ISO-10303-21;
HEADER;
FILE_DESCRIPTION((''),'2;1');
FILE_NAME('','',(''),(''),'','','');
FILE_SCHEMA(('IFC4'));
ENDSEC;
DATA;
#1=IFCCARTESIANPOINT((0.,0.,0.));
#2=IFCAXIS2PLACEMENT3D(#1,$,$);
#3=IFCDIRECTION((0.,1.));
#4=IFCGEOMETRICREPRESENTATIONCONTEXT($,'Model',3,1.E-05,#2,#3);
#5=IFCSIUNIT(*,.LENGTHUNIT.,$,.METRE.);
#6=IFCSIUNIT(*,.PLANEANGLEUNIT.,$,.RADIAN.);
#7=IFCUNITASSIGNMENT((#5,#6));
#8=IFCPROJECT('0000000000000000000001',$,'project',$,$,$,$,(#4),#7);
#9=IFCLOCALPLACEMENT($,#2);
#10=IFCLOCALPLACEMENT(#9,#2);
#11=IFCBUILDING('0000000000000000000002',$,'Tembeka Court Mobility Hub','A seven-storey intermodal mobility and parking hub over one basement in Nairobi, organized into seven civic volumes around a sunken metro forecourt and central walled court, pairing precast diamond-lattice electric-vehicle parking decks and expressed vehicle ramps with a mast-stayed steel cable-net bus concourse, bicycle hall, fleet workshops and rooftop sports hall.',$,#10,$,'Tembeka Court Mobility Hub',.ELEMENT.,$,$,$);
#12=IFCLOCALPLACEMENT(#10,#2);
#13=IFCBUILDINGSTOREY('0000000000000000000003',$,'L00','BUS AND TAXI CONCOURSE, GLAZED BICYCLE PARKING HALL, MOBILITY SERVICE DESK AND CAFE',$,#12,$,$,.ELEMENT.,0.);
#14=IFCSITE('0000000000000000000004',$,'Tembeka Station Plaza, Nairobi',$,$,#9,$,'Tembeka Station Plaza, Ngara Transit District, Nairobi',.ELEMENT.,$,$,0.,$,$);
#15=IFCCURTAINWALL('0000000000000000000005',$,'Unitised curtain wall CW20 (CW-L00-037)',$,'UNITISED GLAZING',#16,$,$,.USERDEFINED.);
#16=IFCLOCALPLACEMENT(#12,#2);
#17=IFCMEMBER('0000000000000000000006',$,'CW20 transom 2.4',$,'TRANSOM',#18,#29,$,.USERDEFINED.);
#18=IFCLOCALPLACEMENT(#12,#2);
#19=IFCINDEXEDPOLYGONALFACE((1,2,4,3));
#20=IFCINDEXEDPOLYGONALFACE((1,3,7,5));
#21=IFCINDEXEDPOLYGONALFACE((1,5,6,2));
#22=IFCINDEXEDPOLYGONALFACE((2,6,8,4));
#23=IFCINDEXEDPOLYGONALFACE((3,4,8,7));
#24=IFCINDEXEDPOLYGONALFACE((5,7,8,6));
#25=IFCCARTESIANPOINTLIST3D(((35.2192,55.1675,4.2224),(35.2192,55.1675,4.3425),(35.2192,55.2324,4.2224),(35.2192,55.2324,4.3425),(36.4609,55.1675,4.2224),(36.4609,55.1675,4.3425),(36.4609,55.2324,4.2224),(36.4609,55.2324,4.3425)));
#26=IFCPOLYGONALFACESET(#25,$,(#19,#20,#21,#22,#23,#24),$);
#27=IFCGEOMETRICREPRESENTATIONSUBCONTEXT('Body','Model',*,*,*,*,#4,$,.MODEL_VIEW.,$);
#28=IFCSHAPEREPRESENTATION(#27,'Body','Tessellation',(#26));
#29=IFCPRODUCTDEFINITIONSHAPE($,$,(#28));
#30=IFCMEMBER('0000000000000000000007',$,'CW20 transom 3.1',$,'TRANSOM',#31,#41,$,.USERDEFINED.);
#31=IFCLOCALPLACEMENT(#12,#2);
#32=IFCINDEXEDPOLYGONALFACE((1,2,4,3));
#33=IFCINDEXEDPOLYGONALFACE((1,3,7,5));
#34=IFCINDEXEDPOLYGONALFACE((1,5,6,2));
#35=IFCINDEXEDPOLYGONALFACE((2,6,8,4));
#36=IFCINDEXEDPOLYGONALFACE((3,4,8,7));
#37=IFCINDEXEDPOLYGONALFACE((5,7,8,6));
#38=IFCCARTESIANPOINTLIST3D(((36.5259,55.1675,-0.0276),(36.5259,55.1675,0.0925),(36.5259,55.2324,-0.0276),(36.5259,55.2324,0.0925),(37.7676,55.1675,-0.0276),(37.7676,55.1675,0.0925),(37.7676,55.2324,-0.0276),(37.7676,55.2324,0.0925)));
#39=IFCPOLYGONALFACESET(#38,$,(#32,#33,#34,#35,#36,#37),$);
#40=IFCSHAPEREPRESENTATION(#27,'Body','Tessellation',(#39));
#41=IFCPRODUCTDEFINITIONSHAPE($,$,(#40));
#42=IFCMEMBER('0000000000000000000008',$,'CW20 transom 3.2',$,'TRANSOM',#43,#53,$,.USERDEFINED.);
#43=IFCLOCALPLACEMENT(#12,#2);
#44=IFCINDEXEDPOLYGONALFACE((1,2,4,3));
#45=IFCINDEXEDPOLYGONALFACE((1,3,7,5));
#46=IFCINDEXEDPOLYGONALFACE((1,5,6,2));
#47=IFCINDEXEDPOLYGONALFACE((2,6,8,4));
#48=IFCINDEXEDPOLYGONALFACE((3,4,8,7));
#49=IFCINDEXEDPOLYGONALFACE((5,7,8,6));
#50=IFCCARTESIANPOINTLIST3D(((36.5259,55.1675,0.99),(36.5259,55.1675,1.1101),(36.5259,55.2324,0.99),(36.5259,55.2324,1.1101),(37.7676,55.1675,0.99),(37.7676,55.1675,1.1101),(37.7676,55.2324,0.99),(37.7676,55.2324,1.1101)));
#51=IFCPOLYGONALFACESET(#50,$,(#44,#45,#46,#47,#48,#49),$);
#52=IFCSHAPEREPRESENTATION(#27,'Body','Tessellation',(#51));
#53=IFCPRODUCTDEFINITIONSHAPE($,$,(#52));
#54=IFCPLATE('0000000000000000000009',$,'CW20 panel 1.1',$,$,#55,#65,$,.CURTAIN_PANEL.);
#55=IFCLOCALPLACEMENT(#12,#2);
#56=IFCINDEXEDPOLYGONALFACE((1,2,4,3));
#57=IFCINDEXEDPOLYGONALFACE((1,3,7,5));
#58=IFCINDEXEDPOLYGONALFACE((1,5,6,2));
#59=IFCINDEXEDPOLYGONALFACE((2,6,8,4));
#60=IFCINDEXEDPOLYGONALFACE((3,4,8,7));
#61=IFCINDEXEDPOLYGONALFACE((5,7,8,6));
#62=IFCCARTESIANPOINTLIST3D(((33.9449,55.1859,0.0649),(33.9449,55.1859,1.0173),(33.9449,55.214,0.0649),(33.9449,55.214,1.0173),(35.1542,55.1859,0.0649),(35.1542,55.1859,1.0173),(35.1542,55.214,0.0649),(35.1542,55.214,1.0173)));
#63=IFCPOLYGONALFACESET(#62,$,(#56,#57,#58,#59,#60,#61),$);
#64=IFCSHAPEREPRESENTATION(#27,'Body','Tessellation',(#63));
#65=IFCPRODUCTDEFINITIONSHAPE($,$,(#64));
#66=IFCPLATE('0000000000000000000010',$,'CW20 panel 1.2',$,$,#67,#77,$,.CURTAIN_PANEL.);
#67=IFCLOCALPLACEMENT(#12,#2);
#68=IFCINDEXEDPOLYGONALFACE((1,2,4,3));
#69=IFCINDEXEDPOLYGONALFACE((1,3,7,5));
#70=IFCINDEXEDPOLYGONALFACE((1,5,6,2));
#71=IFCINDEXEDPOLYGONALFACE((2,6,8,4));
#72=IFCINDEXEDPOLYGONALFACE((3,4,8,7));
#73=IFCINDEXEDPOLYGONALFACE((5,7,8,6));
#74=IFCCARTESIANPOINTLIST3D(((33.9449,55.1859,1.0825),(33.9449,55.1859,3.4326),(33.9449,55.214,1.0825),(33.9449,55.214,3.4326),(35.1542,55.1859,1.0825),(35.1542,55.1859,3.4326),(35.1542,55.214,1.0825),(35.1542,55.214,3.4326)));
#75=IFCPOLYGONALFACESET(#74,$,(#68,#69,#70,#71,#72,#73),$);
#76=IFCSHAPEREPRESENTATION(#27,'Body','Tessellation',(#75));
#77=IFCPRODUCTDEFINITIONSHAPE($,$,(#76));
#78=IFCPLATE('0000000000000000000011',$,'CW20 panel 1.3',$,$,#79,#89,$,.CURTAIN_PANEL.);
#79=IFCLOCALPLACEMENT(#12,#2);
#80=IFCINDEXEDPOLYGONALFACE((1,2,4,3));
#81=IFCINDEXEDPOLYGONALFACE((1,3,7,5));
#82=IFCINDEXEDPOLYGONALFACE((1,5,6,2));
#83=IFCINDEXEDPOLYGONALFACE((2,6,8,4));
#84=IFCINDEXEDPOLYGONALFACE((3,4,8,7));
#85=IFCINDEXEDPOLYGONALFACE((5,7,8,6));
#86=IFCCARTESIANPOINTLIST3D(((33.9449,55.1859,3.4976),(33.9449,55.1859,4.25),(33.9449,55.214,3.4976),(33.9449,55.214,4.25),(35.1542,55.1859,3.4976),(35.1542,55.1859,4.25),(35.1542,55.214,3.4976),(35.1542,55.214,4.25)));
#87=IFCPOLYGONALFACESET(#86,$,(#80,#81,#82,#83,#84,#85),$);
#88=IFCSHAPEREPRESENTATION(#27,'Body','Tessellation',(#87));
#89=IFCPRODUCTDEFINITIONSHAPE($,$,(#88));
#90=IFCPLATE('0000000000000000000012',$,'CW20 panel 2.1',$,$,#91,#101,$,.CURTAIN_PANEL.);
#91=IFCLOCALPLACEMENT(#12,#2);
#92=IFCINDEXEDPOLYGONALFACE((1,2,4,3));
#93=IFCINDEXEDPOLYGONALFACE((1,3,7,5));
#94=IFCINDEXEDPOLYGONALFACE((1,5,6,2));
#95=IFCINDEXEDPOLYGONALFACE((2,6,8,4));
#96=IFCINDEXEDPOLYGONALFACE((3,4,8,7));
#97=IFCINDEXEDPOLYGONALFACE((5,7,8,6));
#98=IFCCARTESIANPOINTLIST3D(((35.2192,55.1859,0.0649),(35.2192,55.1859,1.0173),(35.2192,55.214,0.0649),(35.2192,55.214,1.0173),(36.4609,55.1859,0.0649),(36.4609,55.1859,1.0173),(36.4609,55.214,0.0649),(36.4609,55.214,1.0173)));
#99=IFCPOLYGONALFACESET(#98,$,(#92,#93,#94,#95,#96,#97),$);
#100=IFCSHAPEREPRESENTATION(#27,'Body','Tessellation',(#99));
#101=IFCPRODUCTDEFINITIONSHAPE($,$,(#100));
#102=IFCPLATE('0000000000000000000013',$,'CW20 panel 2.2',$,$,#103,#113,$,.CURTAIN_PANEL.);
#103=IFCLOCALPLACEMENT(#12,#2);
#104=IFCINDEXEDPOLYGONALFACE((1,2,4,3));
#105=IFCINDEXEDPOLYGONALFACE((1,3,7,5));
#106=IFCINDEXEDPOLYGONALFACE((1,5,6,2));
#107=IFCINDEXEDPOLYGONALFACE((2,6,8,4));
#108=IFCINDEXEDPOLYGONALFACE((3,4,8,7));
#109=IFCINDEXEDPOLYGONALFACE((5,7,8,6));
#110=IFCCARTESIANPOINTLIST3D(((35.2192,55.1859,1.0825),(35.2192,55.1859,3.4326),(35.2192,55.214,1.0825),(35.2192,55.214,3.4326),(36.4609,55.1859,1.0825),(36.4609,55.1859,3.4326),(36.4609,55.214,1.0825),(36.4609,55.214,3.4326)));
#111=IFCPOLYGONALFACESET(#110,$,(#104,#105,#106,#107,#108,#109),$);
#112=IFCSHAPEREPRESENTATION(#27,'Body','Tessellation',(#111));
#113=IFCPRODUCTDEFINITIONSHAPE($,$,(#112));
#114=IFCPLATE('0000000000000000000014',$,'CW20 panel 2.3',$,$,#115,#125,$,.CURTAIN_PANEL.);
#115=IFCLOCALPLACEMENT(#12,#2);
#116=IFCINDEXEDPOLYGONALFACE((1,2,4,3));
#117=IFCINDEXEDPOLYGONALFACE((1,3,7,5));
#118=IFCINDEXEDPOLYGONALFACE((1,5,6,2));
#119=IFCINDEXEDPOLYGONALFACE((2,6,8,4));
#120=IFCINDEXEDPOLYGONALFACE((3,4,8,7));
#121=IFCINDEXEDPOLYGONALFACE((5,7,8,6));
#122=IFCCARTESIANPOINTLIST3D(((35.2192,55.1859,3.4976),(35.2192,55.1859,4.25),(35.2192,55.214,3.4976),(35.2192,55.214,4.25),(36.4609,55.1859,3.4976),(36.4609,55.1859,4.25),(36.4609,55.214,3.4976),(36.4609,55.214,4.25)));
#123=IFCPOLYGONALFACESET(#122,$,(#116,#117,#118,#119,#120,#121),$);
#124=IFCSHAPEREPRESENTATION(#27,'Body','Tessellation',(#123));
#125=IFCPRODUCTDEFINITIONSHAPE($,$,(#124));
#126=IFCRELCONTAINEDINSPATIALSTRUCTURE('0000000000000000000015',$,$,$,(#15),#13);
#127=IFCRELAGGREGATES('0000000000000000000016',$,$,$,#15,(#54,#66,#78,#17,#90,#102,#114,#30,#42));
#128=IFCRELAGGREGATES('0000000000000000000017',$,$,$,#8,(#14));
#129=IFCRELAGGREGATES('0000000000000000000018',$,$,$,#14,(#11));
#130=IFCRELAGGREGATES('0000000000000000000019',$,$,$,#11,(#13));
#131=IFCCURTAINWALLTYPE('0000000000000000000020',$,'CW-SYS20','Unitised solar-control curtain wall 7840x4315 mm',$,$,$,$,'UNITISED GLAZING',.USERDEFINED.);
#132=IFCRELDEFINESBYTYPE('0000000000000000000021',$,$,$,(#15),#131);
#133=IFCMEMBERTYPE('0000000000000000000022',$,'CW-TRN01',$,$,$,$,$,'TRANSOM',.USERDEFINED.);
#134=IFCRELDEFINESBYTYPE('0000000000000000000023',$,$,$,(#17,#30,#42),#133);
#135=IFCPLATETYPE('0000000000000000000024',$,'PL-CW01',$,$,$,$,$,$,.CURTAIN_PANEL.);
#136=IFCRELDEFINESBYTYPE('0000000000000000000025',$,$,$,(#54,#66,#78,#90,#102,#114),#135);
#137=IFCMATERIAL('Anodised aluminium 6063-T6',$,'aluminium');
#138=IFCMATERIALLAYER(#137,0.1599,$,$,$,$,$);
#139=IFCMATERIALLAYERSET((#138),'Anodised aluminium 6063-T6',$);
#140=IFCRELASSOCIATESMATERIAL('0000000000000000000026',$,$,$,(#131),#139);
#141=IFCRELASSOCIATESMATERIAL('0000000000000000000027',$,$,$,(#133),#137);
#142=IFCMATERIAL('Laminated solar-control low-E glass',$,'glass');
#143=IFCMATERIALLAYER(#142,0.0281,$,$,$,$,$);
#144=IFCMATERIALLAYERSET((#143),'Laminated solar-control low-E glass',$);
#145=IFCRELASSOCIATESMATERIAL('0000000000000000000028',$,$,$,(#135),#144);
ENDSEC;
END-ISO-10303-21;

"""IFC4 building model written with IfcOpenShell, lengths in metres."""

from ifc_helpers import new_model, si_unit, direction, frame, origin, origin_2d, place, context, subcontext, project, spatial, rectangle, extrude, material, layer, layer_set, material_profile, profile_set, type_object, element, aggregate, save


model = new_model("IFC4")

# Units and contexts
model_context = context("Model", 3, precision=1e-05, world=origin(), true_north=direction((0.0, 1.0)))
body_context = subcontext(model_context, "Body", "Model", "MODEL_VIEW")
ifc_project = project(units=[si_unit("LENGTHUNIT", "METRE"), si_unit("PLANEANGLEUNIT", "RADIAN")], contexts=[model_context])

# Site, building, storey
site_placement = place(None, origin())
site = spatial("IfcSite", under=ifc_project, at=site_placement, Name="Tembeka Station Plaza, Nairobi", LongName="Tembeka Station Plaza, Ngara Transit District, Nairobi", CompositionType="ELEMENT", RefElevation=0.0)
building_placement = place(site_placement, origin())
building = spatial("IfcBuilding", under=site, at=building_placement, Name="Tembeka Court Mobility Hub", Description="A seven-storey intermodal mobility and parking hub over one basement in Nairobi, organized into seven civic volumes around a sunken metro forecourt and central walled court, pairing precast diamond-lattice electric-vehicle parking decks and expressed vehicle ramps with a mast-stayed steel cable-net bus concourse, bicycle hall, fleet workshops and rooftop sports hall.", LongName="Tembeka Court Mobility Hub", CompositionType="ELEMENT")
storey_placement = place(building_placement, origin())
storey = spatial("IfcBuildingStorey", under=building, at=storey_placement, Name="L00", Description="BUS AND TAXI CONCOURSE, GLAZED BICYCLE PARKING HALL, MOBILITY SERVICE DESK AND CAFE", CompositionType="ELEMENT", Elevation=0.0)

# Shared definitions
ifc_material_1 = material(Name="Anodised aluminium 6063-T6", Category="aluminium")

# Curtain wall, members, plates
ifc_layer_1 = layer(ifc_material_1, 0.1599)
ifc_layer_set_1 = layer_set([ifc_layer_1], Name="Anodised aluminium 6063-T6")
curtain_wall_type_1 = type_object("IfcCurtainWallType", Name="CW-SYS20", Description="Unitised solar-control curtain wall 7840x4315 mm", ElementType="UNITISED GLAZING", PredefinedType="USERDEFINED", material=ifc_layer_set_1)
curtain_wall_1_placement = place(storey_placement, origin())
curtain_wall_1 = element("IfcCurtainWall", 1, at=curtain_wall_1_placement, inside=storey, type_object=curtain_wall_type_1, Name="Unitised curtain wall CW20 (CW-L00-037)", ObjectType="UNITISED GLAZING", PredefinedType="USERDEFINED")
ifc_material_profile_1 = material_profile(ifc_material_1, rectangle(XDim=0.0649, YDim=0.1201, at=origin_2d()), Name="ALU-TRN 65x120")
ifc_profile_set_1 = profile_set([ifc_material_profile_1], Name="Anodised aluminium 6063-T6")
member_type_1 = type_object("IfcMemberType", Name="CW-TRN01", ElementType="TRANSOM", PredefinedType="USERDEFINED", material=ifc_profile_set_1)
member_1_placement = place(storey_placement, frame((35.2192, 55.2, 4.2825), z_axis=(1.0, 0.0, 0.0), x_axis=(0.0, 1.0, 0.0)))
member_1 = element("IfcMember", 2, at=member_1_placement, type_object=member_type_1, Name="CW20 transom 2.4", ObjectType="TRANSOM", PredefinedType="USERDEFINED", context=body_context, shape_type="SweptSolid", body=[
    extrude(rectangle(XDim=0.0649, YDim=0.1201, at=origin_2d()), origin(), (0.0, 0.0, 1.0), 1.2417),
])
member_2_placement = place(storey_placement, frame((36.5259, 55.2, 0.0325), z_axis=(1.0, 0.0, 0.0), x_axis=(0.0, 1.0, 0.0)))
member_2 = element("IfcMember", 3, at=member_2_placement, type_object=member_type_1, Name="CW20 transom 3.1", ObjectType="TRANSOM", PredefinedType="USERDEFINED", context=body_context, shape_type="SweptSolid", body=[
    extrude(rectangle(XDim=0.0649, YDim=0.1201, at=origin_2d()), origin(), (0.0, 0.0, 1.0), 1.2417),
])
member_3_placement = place(storey_placement, frame((36.5259, 55.2, 1.05), z_axis=(1.0, 0.0, 0.0), x_axis=(0.0, 1.0, 0.0)))
member_3 = element("IfcMember", 4, at=member_3_placement, type_object=member_type_1, Name="CW20 transom 3.2", ObjectType="TRANSOM", PredefinedType="USERDEFINED", context=body_context, shape_type="SweptSolid", body=[
    extrude(rectangle(XDim=0.0649, YDim=0.1201, at=origin_2d()), origin(), (0.0, 0.0, 1.0), 1.2417),
])
ifc_material_2 = material(Name="Laminated solar-control low-E glass", Category="glass")
ifc_layer_2 = layer(ifc_material_2, 0.0281)
ifc_layer_set_2 = layer_set([ifc_layer_2], Name="Laminated solar-control low-E glass")
plate_type = type_object("IfcPlateType", Name="PL-CW01", PredefinedType="CURTAIN_PANEL", material=ifc_layer_set_2)
plate_1_placement = place(storey_placement, frame((34.5496, 55.2, 0.0649), z_axis=(0.0, 0.0, 1.0), x_axis=(1.0, 0.0, 0.0)))
plate_1 = element("IfcPlate", 5, at=plate_1_placement, type_object=plate_type, Name="CW20 panel 1.1", PredefinedType="CURTAIN_PANEL", context=body_context, shape_type="SweptSolid", body=[
    extrude(rectangle(XDim=1.2092, YDim=0.0281, at=origin_2d()), origin(), (0.0, 0.0, 1.0), 0.9524),
])
plate_2_placement = place(storey_placement, frame((34.5496, 55.2, 1.0825), z_axis=(0.0, 0.0, 1.0), x_axis=(1.0, 0.0, 0.0)))
plate_2 = element("IfcPlate", 6, at=plate_2_placement, type_object=plate_type, Name="CW20 panel 1.2", PredefinedType="CURTAIN_PANEL", context=body_context, shape_type="SweptSolid", body=[
    extrude(rectangle(XDim=1.2092, YDim=0.0281, at=origin_2d()), origin(), (0.0, 0.0, 1.0), 2.3501),
])
plate_3_placement = place(storey_placement, frame((34.5496, 55.2, 3.4976), z_axis=(0.0, 0.0, 1.0), x_axis=(1.0, 0.0, 0.0)))
plate_3 = element("IfcPlate", 7, at=plate_3_placement, type_object=plate_type, Name="CW20 panel 1.3", PredefinedType="CURTAIN_PANEL", context=body_context, shape_type="SweptSolid", body=[
    extrude(rectangle(XDim=1.2092, YDim=0.0281, at=origin_2d()), origin(), (0.0, 0.0, 1.0), 0.7524),
])
plate_4_placement = place(storey_placement, frame((35.8401, 55.2, 0.0649), z_axis=(0.0, 0.0, 1.0), x_axis=(1.0, 0.0, 0.0)))
plate_4 = element("IfcPlate", 8, at=plate_4_placement, type_object=plate_type, Name="CW20 panel 2.1", PredefinedType="CURTAIN_PANEL", context=body_context, shape_type="SweptSolid", body=[
    extrude(rectangle(XDim=1.2417, YDim=0.0281, at=origin_2d()), origin(), (0.0, 0.0, 1.0), 0.9524),
])
plate_5_placement = place(storey_placement, frame((35.8401, 55.2, 1.0825), z_axis=(0.0, 0.0, 1.0), x_axis=(1.0, 0.0, 0.0)))
plate_5 = element("IfcPlate", 9, at=plate_5_placement, type_object=plate_type, Name="CW20 panel 2.2", PredefinedType="CURTAIN_PANEL", context=body_context, shape_type="SweptSolid", body=[
    extrude(rectangle(XDim=1.2417, YDim=0.0281, at=origin_2d()), origin(), (0.0, 0.0, 1.0), 2.3501),
])
plate_6_placement = place(storey_placement, frame((35.8401, 55.2, 3.4976), z_axis=(0.0, 0.0, 1.0), x_axis=(1.0, 0.0, 0.0)))
plate_6 = element("IfcPlate", 10, at=plate_6_placement, type_object=plate_type, Name="CW20 panel 2.3", PredefinedType="CURTAIN_PANEL", context=body_context, shape_type="SweptSolid", body=[
    extrude(rectangle(XDim=1.2417, YDim=0.0281, at=origin_2d()), origin(), (0.0, 0.0, 1.0), 0.7524),
])
aggregate(curtain_wall_1, [plate_1, plate_2, plate_3, member_1, plate_4, plate_5, plate_6, member_2, member_3])

save(model, "model.ifc")
